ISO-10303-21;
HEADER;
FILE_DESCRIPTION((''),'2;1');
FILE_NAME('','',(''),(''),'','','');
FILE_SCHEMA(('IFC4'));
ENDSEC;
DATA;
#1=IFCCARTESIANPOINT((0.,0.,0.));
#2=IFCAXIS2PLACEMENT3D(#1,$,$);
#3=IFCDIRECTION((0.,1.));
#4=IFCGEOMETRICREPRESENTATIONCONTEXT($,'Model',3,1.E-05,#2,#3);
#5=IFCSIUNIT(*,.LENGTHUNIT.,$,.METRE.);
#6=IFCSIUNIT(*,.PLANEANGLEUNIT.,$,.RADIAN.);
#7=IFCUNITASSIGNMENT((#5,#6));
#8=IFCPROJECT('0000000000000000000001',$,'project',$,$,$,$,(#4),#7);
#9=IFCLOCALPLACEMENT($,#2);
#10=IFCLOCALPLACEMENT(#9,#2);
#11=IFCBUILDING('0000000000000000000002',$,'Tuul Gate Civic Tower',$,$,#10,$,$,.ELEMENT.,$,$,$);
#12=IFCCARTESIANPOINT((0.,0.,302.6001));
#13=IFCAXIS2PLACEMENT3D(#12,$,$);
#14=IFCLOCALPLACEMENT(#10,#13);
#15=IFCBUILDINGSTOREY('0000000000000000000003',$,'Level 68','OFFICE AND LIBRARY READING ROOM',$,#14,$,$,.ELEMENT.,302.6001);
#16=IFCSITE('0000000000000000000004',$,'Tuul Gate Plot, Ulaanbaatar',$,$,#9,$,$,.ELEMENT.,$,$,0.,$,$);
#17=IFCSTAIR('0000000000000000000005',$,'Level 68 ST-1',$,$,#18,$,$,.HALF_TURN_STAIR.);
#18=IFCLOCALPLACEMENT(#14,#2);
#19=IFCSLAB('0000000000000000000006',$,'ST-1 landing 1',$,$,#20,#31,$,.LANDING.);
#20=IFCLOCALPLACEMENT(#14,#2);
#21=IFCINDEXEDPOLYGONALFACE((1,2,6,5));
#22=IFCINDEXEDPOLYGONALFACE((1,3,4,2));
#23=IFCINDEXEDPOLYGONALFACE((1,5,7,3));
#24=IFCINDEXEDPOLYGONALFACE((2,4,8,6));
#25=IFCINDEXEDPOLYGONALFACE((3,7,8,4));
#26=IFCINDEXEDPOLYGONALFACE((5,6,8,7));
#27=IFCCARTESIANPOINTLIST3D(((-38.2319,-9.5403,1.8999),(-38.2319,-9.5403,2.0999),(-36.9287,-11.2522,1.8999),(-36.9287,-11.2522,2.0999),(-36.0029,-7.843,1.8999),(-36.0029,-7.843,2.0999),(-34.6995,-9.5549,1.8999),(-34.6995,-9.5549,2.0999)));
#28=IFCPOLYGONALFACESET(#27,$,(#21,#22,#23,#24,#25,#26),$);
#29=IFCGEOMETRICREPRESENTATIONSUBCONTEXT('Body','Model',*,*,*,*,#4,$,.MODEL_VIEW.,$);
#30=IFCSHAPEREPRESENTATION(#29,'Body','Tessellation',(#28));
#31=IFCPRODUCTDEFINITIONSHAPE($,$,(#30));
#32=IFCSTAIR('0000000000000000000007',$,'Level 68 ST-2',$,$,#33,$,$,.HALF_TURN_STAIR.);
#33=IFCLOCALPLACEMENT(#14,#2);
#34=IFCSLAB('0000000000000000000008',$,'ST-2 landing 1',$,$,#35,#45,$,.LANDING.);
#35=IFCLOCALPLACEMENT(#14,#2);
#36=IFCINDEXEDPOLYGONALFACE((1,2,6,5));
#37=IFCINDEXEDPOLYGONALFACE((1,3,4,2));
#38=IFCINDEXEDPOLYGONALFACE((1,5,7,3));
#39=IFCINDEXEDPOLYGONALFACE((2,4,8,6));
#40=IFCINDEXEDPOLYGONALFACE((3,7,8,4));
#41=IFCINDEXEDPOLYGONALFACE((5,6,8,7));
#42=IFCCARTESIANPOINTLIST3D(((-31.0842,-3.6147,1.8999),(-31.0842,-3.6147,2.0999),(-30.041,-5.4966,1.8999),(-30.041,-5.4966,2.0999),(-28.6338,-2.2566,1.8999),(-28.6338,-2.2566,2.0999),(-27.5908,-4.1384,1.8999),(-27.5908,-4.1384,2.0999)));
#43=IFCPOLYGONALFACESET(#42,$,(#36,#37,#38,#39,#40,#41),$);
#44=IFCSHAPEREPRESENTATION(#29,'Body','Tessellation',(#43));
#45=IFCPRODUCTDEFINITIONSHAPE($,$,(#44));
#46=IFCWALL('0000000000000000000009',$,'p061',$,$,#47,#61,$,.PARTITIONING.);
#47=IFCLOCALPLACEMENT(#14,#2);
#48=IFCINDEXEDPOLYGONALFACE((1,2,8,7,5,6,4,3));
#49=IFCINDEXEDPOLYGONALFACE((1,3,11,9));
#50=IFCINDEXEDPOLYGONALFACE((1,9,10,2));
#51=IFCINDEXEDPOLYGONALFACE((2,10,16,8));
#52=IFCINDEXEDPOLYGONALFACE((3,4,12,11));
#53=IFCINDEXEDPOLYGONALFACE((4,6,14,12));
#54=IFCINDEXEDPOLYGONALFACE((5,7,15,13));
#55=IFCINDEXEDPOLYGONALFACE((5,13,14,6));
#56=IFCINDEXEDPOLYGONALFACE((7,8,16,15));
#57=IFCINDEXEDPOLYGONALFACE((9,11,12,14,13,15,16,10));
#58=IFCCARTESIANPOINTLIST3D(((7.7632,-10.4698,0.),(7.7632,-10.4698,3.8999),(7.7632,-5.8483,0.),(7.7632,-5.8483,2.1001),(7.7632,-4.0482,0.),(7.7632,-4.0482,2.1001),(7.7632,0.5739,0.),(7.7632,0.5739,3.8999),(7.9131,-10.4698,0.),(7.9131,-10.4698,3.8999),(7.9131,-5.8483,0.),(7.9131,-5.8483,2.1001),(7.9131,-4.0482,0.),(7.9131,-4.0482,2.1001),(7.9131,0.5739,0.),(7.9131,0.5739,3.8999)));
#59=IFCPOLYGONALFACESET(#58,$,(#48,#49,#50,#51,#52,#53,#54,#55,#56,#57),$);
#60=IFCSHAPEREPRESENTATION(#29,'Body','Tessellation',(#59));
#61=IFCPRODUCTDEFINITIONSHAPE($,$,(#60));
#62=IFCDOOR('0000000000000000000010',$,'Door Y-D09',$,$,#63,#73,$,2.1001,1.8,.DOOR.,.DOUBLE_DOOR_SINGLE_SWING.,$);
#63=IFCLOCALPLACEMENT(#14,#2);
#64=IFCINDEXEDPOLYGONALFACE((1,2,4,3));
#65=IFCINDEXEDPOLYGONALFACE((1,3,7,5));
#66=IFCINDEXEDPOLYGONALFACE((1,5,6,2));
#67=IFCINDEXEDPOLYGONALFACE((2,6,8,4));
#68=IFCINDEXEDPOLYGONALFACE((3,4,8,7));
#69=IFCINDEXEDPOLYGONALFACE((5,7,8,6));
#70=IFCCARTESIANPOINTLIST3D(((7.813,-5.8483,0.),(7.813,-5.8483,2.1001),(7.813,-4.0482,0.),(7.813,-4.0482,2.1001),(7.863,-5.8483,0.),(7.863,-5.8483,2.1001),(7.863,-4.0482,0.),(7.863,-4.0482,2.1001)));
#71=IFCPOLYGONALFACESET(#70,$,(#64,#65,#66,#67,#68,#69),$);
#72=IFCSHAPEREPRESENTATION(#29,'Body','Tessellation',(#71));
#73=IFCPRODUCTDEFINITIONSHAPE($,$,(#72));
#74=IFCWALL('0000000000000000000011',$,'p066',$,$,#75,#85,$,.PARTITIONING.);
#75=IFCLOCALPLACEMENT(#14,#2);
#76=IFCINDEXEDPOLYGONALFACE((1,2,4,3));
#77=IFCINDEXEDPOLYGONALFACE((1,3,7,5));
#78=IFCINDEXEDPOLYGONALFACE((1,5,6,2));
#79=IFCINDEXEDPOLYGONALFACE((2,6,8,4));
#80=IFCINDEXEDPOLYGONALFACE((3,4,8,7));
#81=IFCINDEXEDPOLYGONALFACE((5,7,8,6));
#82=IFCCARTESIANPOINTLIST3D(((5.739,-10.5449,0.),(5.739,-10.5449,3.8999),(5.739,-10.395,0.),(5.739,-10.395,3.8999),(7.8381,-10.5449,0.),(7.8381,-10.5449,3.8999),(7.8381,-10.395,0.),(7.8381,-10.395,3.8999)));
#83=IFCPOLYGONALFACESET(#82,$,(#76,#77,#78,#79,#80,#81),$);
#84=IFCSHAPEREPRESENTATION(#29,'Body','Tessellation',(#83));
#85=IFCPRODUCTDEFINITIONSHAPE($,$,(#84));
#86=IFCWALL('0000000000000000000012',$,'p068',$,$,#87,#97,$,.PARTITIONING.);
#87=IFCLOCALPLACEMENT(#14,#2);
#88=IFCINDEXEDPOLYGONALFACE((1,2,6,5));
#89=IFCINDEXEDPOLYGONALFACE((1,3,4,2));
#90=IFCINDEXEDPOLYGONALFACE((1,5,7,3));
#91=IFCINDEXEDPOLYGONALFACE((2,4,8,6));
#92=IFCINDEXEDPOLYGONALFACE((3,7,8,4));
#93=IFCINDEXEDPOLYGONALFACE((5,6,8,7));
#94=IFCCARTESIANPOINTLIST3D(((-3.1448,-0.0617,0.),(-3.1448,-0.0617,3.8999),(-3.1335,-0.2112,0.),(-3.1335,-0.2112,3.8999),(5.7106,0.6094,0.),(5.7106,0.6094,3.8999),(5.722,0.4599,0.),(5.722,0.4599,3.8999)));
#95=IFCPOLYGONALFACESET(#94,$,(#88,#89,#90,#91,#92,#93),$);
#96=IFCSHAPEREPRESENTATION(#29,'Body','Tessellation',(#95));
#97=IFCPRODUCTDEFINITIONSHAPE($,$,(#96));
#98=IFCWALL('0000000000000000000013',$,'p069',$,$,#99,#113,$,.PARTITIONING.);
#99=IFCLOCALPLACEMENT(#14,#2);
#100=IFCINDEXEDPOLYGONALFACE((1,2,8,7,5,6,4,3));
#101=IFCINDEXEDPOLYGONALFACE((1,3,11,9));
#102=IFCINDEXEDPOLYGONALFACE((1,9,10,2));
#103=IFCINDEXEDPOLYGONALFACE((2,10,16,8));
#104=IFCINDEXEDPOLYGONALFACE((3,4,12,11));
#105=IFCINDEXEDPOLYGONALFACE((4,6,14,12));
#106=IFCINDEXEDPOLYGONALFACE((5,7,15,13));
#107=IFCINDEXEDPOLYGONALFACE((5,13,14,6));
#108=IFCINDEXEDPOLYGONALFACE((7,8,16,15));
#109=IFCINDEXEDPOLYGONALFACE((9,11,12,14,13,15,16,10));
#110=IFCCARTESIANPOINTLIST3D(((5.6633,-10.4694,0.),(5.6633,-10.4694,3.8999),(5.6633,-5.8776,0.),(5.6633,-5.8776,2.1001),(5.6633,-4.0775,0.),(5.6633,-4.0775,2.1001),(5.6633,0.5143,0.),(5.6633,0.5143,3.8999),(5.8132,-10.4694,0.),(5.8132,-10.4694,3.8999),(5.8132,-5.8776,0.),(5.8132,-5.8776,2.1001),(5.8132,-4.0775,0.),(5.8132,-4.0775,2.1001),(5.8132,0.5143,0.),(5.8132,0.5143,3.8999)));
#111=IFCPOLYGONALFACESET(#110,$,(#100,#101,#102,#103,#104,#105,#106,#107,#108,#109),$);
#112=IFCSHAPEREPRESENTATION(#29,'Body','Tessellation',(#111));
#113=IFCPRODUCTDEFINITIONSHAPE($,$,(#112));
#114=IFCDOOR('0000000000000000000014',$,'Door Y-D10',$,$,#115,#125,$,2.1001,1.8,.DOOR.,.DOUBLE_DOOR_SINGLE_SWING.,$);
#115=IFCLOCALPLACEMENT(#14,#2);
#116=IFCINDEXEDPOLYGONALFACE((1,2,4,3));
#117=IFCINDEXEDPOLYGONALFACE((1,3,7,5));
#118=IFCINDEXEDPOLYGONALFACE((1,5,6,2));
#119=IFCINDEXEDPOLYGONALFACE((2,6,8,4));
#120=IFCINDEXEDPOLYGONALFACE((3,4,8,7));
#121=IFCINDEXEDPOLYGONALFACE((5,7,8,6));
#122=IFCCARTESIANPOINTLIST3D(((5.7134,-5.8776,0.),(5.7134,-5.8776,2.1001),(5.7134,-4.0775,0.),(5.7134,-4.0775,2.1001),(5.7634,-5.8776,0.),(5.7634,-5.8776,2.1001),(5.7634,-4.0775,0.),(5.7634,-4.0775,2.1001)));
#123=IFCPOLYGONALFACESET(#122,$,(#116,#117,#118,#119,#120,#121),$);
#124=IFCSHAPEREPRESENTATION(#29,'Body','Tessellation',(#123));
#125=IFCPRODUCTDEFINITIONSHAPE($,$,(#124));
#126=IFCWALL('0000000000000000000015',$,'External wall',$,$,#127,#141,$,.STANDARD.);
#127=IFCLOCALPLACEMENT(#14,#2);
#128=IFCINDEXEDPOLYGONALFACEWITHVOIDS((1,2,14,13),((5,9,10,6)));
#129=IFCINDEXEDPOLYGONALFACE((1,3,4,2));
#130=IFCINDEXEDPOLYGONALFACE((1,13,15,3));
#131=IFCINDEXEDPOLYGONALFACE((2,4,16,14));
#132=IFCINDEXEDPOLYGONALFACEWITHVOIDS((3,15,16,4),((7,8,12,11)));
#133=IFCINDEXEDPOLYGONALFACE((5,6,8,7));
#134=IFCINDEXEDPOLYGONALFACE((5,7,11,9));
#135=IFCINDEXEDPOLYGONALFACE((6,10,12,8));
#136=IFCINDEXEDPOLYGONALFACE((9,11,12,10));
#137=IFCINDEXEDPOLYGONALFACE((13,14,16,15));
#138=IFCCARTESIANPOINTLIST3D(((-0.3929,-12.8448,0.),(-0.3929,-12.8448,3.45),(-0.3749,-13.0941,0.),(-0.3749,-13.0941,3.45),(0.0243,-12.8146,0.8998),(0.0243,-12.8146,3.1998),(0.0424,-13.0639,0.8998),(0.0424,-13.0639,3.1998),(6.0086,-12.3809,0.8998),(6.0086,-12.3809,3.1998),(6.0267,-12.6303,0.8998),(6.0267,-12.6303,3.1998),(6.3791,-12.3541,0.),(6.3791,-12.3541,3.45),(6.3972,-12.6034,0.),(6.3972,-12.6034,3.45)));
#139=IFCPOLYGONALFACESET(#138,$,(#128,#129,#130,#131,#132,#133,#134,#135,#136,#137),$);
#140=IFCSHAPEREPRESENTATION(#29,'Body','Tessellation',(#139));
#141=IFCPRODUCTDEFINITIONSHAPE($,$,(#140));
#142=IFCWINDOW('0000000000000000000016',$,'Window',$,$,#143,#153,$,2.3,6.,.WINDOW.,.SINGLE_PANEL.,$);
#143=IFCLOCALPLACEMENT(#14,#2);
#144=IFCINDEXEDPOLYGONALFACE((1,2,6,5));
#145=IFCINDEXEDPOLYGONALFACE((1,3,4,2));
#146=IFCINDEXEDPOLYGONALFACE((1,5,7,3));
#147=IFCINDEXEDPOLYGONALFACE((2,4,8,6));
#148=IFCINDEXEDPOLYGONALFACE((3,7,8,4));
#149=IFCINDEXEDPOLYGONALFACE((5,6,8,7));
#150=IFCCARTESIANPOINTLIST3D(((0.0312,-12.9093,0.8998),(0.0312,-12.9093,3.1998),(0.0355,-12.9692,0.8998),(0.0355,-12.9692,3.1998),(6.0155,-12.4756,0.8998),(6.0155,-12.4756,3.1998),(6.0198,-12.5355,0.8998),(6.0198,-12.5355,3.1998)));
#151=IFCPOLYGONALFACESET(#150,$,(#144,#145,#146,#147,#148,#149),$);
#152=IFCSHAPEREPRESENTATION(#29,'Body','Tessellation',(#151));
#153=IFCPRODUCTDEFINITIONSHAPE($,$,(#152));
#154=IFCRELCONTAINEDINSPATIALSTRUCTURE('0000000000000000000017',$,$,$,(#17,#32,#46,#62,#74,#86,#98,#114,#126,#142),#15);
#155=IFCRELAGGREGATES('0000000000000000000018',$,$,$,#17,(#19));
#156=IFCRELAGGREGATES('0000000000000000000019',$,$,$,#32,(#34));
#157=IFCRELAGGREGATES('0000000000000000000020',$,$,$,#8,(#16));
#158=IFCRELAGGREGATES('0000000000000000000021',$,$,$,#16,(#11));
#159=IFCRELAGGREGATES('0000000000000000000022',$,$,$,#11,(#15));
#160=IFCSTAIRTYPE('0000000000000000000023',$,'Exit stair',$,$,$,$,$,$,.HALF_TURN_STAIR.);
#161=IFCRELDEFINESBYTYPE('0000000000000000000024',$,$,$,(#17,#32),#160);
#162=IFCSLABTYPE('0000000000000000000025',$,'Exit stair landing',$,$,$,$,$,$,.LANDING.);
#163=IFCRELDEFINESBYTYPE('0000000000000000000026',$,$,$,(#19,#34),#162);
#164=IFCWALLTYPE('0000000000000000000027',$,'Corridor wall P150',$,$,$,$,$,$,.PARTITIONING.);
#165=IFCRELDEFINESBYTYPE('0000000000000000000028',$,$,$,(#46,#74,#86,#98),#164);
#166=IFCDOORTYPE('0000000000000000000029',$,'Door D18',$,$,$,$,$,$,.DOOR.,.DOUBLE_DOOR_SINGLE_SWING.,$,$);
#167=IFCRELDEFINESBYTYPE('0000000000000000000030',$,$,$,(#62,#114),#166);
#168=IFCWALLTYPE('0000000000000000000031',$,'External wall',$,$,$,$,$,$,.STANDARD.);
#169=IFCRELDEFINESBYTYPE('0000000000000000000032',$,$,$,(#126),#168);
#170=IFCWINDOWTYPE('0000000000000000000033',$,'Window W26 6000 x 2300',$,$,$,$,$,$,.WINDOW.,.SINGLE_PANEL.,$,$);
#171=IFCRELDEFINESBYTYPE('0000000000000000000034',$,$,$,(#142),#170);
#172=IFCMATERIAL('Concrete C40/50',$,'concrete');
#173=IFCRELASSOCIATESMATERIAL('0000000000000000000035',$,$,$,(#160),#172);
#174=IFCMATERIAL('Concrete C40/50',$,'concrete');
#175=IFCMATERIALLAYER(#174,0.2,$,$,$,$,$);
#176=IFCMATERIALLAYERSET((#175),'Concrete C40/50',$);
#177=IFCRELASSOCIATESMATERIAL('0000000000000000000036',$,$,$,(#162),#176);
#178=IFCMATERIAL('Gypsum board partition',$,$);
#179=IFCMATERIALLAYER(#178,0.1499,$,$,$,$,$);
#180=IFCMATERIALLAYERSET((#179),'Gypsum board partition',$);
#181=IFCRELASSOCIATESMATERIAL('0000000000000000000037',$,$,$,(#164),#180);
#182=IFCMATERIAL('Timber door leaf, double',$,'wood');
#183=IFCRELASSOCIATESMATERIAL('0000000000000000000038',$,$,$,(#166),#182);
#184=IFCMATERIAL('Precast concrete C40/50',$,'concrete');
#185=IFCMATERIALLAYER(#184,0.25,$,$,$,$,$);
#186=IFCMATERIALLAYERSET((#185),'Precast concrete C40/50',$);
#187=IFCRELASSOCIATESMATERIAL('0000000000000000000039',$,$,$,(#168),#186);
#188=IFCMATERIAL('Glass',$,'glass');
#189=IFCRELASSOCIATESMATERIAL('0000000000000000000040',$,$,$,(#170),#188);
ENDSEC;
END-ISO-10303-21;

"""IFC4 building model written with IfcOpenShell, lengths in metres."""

from ifc_helpers import new_model, si_unit, direction, frame, frame_2d, origin, place, context, subcontext, project, spatial, polyline, rectangle, outline, extrude, material, layer, layer_set, type_object, element, fill, aggregate, save


model = new_model("IFC4")

# Units and contexts
model_context = context("Model", 3, precision=1e-05, world=origin(), true_north=direction((0.0, 1.0)))
body_context = subcontext(model_context, "Body", "Model", "MODEL_VIEW")
ifc_project = project(units=[si_unit("LENGTHUNIT", "METRE"), si_unit("PLANEANGLEUNIT", "RADIAN")], contexts=[model_context])

# Site, building, storey
site_placement = place(None, origin())
site = spatial("IfcSite", under=ifc_project, at=site_placement, Name="Tuul Gate Plot, Ulaanbaatar", CompositionType="ELEMENT", RefElevation=0.0)
building_placement = place(site_placement, origin())
building = spatial("IfcBuilding", under=site, at=building_placement, Name="Tuul Gate Civic Tower", CompositionType="ELEMENT")
storey_placement = place(building_placement, frame((0.0, 0.0, 302.6001)))
storey = spatial("IfcBuildingStorey", under=building, at=storey_placement, Name="Level 68", Description="OFFICE AND LIBRARY READING ROOM", CompositionType="ELEMENT", Elevation=302.6001)

# Stairs, slabs
ifc_material_1 = material(Name="Concrete C40/50", Category="concrete")
stair_type = type_object("IfcStairType", Name="Exit stair", PredefinedType="HALF_TURN_STAIR", material=ifc_material_1)
stair_1_placement = place(storey_placement, origin())
stair_1 = element("IfcStair", 1, at=stair_1_placement, inside=storey, type_object=stair_type, Name="Level 68 ST-1", PredefinedType="HALF_TURN_STAIR")
ifc_material_2 = material(Name="Concrete C40/50", Category="concrete")
ifc_layer_1 = layer(ifc_material_2, 0.2)
ifc_layer_set_1 = layer_set([ifc_layer_1], Name="Concrete C40/50")
slab_type = type_object("IfcSlabType", Name="Exit stair landing", PredefinedType="LANDING", material=ifc_layer_set_1)
slab_1_placement = place(storey_placement, frame((0.0, 0.0, 1.8999)))
slab_1 = element("IfcSlab", 2, at=slab_1_placement, type_object=slab_type, Name="ST-1 landing 1", PredefinedType="LANDING", context=body_context, shape_type="SweptSolid", body=[
    extrude(outline(polyline([(-34.6995, -9.5549), (-36.9287, -11.2522), (-38.2319, -9.5403), (-36.0029, -7.843), (-34.6995, -9.5549)])), origin(), (0.0, 0.0, 1.0), 0.2),
])
aggregate(stair_1, [slab_1])
stair_2_placement = place(storey_placement, origin())
stair_2 = element("IfcStair", 3, at=stair_2_placement, inside=storey, type_object=stair_type, Name="Level 68 ST-2", PredefinedType="HALF_TURN_STAIR")
slab_2_placement = place(storey_placement, frame((0.0, 0.0, 1.8999)))
slab_2 = element("IfcSlab", 4, at=slab_2_placement, type_object=slab_type, Name="ST-2 landing 1", PredefinedType="LANDING", context=body_context, shape_type="SweptSolid", body=[
    extrude(outline(polyline([(-27.5908, -4.1384), (-30.041, -5.4966), (-31.0842, -3.6147), (-28.6338, -2.2566), (-27.5908, -4.1384)])), origin(), (0.0, 0.0, 1.0), 0.2),
])
aggregate(stair_2, [slab_2])

# Wall, opening, door
ifc_material_3 = material(Name="Gypsum board partition")
ifc_layer_2 = layer(ifc_material_3, 0.1499)
ifc_layer_set_2 = layer_set([ifc_layer_2], Name="Gypsum board partition")
wall_type_1 = type_object("IfcWallType", Name="Corridor wall P150", PredefinedType="PARTITIONING", material=ifc_layer_set_2)
wall_1_placement = place(storey_placement, frame((7.8381, -10.47, 0.0), z_axis=(0.0, 0.0, 1.0), x_axis=(0.0, 1.0, 0.0)))
wall_1 = element("IfcWall", 5, at=wall_1_placement, inside=storey, type_object=wall_type_1, Name="p061", PredefinedType="PARTITIONING", context=body_context, shape_type="SweptSolid", body=[
    extrude(rectangle(XDim=11.0437, YDim=0.1499, at=frame_2d((5.522, 0.0))), origin(), (0.0, 0.0, 1.0), 3.8999),
])
opening_1_placement = place(wall_1_placement, frame((4.6218, 0.0, 0.0)))
opening_1 = element("IfcOpeningElement", 6, at=opening_1_placement, cuts=wall_1, PredefinedType="OPENING", context=body_context, shape_type="SweptSolid", body=[
    extrude(rectangle(XDim=1.8, YDim=2.1001, at=frame_2d((0.8999, 1.05))), frame((0.0, 0.085, 0.0), z_axis=(0.0, -1.0, 0.0), x_axis=(1.0, 0.0, 0.0)), (0.0, 0.0, 1.0), 0.1699),
])
ifc_material_4 = material(Name="Timber door leaf, double", Category="wood")
door_type = type_object("IfcDoorType", Name="Door D18", OperationType="DOUBLE_DOOR_SINGLE_SWING", PredefinedType="DOOR", material=ifc_material_4)
door_1_placement = place(opening_1_placement, frame((1.8, 0.0, 0.0), z_axis=(0.0, 0.0, 1.0), x_axis=(-1.0, 0.0, 0.0)))
door_1 = element("IfcDoor", 7, at=door_1_placement, inside=storey, type_object=door_type, Name="Door Y-D09", OperationType="DOUBLE_DOOR_SINGLE_SWING", OverallHeight=2.1001, OverallWidth=1.8, PredefinedType="DOOR", context=body_context, shape_type="SweptSolid", body=[
    extrude(rectangle(XDim=1.8, YDim=2.1001, at=frame_2d((0.9001, 1.05))), frame((0.0, 0.0249, 0.0), z_axis=(0.0, -1.0, 0.0), x_axis=(1.0, 0.0, 0.0)), (0.0, 0.0, 1.0), 0.05),
])
fill(opening_1, door_1)

# Walls
wall_2_placement = place(storey_placement, frame((5.739, -10.47, 0.0), z_axis=(0.0, 0.0, 1.0), x_axis=(1.0, 0.0, 0.0)))
element("IfcWall", 8, at=wall_2_placement, inside=storey, type_object=wall_type_1, Name="p066", PredefinedType="PARTITIONING", context=body_context, shape_type="SweptSolid", body=[
    extrude(rectangle(XDim=2.0991, YDim=0.1499, at=frame_2d((1.0496, 0.0))), origin(), (0.0, 0.0, 1.0), 3.8999),
])
wall_3_placement = place(storey_placement, frame((-3.1392, -0.1365, 0.0), z_axis=(0.0, 0.0, 1.0), x_axis=(0.99714, 0.075572, 0.0)))
element("IfcWall", 9, at=wall_3_placement, inside=storey, type_object=wall_type_1, Name="p068", PredefinedType="PARTITIONING", context=body_context, shape_type="SweptSolid", body=[
    extrude(rectangle(XDim=8.8809, YDim=0.1499, at=frame_2d((4.4404, 0.0))), origin(), (0.0, 0.0, 1.0), 3.8999),
])

# Wall, opening, door
wall_4_placement = place(storey_placement, frame((5.7383, -10.4692, 0.0), z_axis=(0.0, 0.0, 1.0), x_axis=(0.0, 1.0, 0.0)))
wall_4 = element("IfcWall", 10, at=wall_4_placement, inside=storey, type_object=wall_type_1, Name="p069", PredefinedType="PARTITIONING", context=body_context, shape_type="SweptSolid", body=[
    extrude(rectangle(XDim=10.9836, YDim=0.1499, at=frame_2d((5.4917, 0.0))), origin(), (0.0, 0.0, 1.0), 3.8999),
])
opening_2_placement = place(wall_4_placement, frame((4.5918, 0.0, 0.0)))
opening_2 = element("IfcOpeningElement", 11, at=opening_2_placement, cuts=wall_4, PredefinedType="OPENING", context=body_context, shape_type="SweptSolid", body=[
    extrude(rectangle(XDim=1.8, YDim=2.1001, at=frame_2d((0.8999, 1.05))), frame((0.0, 0.085, 0.0), z_axis=(0.0, -1.0, 0.0), x_axis=(1.0, 0.0, 0.0)), (0.0, 0.0, 1.0), 0.1699),
])
door_2_placement = place(opening_2_placement, origin())
door_2 = element("IfcDoor", 12, at=door_2_placement, inside=storey, type_object=door_type, Name="Door Y-D10", OperationType="DOUBLE_DOOR_SINGLE_SWING", OverallHeight=2.1001, OverallWidth=1.8, PredefinedType="DOOR", context=body_context, shape_type="SweptSolid", body=[
    extrude(rectangle(XDim=1.8, YDim=2.1001, at=frame_2d((0.8999, 1.05))), frame((0.0, 0.0249, 0.0), z_axis=(0.0, -1.0, 0.0), x_axis=(1.0, 0.0, 0.0)), (0.0, 0.0, 1.0), 0.05),
])
fill(opening_2, door_2)

# Wall, opening, window
ifc_material_5 = material(Name="Precast concrete C40/50", Category="concrete")
ifc_layer_3 = layer(ifc_material_5, 0.25)
ifc_layer_set_3 = layer_set([ifc_layer_3], Name="Precast concrete C40/50")
wall_type_2 = type_object("IfcWallType", Name="External wall", PredefinedType="STANDARD", material=ifc_layer_set_3)
wall_5_placement = place(storey_placement, frame((-0.384, -12.9695, 0.0), z_axis=(0.0, 0.0, 1.0), x_axis=(0.997385, 0.072274, 0.0)))
wall_5 = element("IfcWall", 13, at=wall_5_placement, inside=storey, type_object=wall_type_2, Name="External wall", PredefinedType="STANDARD", context=body_context, shape_type="SweptSolid", body=[
    extrude(rectangle(XDim=6.7898, YDim=0.25, at=frame_2d((3.395, 0.0))), origin(), (0.0, 0.0, 1.0), 3.45),
])
opening_3_placement = place(wall_5_placement, frame((0.4185, 0.0, 0.8999)))
opening_3 = element("IfcOpeningElement", 14, at=opening_3_placement, cuts=wall_5, PredefinedType="OPENING", context=body_context, shape_type="SweptSolid", body=[
    extrude(rectangle(XDim=6.0, YDim=2.3, at=frame_2d((3.0, 1.1499))), frame((0.0, 0.135, 0.0), z_axis=(0.0, -1.0, 0.0), x_axis=(1.0, 0.0, 0.0)), (0.0, 0.0, 1.0), 0.27),
])
ifc_material_6 = material(Name="Glass", Category="glass")
window_type = type_object("IfcWindowType", Name="Window W26 6000 x 2300", PartitioningType="SINGLE_PANEL", PredefinedType="WINDOW", material=ifc_material_6)
window_1_placement = place(opening_3_placement, origin())
window_1 = element("IfcWindow", 15, at=window_1_placement, inside=storey, type_object=window_type, Name="Window", OverallHeight=2.3, OverallWidth=6.0, PartitioningType="SINGLE_PANEL", PredefinedType="WINDOW", context=body_context, shape_type="SweptSolid", body=[
    extrude(rectangle(XDim=6.0, YDim=2.3, at=frame_2d((3.0, 1.1499))), frame((0.0, 0.03, 0.0), z_axis=(0.0, -1.0, 0.0), x_axis=(1.0, 0.0, 0.0)), (0.0, 0.0, 1.0), 0.0601),
])
fill(opening_3, window_1)

save(model, "model.ifc")
